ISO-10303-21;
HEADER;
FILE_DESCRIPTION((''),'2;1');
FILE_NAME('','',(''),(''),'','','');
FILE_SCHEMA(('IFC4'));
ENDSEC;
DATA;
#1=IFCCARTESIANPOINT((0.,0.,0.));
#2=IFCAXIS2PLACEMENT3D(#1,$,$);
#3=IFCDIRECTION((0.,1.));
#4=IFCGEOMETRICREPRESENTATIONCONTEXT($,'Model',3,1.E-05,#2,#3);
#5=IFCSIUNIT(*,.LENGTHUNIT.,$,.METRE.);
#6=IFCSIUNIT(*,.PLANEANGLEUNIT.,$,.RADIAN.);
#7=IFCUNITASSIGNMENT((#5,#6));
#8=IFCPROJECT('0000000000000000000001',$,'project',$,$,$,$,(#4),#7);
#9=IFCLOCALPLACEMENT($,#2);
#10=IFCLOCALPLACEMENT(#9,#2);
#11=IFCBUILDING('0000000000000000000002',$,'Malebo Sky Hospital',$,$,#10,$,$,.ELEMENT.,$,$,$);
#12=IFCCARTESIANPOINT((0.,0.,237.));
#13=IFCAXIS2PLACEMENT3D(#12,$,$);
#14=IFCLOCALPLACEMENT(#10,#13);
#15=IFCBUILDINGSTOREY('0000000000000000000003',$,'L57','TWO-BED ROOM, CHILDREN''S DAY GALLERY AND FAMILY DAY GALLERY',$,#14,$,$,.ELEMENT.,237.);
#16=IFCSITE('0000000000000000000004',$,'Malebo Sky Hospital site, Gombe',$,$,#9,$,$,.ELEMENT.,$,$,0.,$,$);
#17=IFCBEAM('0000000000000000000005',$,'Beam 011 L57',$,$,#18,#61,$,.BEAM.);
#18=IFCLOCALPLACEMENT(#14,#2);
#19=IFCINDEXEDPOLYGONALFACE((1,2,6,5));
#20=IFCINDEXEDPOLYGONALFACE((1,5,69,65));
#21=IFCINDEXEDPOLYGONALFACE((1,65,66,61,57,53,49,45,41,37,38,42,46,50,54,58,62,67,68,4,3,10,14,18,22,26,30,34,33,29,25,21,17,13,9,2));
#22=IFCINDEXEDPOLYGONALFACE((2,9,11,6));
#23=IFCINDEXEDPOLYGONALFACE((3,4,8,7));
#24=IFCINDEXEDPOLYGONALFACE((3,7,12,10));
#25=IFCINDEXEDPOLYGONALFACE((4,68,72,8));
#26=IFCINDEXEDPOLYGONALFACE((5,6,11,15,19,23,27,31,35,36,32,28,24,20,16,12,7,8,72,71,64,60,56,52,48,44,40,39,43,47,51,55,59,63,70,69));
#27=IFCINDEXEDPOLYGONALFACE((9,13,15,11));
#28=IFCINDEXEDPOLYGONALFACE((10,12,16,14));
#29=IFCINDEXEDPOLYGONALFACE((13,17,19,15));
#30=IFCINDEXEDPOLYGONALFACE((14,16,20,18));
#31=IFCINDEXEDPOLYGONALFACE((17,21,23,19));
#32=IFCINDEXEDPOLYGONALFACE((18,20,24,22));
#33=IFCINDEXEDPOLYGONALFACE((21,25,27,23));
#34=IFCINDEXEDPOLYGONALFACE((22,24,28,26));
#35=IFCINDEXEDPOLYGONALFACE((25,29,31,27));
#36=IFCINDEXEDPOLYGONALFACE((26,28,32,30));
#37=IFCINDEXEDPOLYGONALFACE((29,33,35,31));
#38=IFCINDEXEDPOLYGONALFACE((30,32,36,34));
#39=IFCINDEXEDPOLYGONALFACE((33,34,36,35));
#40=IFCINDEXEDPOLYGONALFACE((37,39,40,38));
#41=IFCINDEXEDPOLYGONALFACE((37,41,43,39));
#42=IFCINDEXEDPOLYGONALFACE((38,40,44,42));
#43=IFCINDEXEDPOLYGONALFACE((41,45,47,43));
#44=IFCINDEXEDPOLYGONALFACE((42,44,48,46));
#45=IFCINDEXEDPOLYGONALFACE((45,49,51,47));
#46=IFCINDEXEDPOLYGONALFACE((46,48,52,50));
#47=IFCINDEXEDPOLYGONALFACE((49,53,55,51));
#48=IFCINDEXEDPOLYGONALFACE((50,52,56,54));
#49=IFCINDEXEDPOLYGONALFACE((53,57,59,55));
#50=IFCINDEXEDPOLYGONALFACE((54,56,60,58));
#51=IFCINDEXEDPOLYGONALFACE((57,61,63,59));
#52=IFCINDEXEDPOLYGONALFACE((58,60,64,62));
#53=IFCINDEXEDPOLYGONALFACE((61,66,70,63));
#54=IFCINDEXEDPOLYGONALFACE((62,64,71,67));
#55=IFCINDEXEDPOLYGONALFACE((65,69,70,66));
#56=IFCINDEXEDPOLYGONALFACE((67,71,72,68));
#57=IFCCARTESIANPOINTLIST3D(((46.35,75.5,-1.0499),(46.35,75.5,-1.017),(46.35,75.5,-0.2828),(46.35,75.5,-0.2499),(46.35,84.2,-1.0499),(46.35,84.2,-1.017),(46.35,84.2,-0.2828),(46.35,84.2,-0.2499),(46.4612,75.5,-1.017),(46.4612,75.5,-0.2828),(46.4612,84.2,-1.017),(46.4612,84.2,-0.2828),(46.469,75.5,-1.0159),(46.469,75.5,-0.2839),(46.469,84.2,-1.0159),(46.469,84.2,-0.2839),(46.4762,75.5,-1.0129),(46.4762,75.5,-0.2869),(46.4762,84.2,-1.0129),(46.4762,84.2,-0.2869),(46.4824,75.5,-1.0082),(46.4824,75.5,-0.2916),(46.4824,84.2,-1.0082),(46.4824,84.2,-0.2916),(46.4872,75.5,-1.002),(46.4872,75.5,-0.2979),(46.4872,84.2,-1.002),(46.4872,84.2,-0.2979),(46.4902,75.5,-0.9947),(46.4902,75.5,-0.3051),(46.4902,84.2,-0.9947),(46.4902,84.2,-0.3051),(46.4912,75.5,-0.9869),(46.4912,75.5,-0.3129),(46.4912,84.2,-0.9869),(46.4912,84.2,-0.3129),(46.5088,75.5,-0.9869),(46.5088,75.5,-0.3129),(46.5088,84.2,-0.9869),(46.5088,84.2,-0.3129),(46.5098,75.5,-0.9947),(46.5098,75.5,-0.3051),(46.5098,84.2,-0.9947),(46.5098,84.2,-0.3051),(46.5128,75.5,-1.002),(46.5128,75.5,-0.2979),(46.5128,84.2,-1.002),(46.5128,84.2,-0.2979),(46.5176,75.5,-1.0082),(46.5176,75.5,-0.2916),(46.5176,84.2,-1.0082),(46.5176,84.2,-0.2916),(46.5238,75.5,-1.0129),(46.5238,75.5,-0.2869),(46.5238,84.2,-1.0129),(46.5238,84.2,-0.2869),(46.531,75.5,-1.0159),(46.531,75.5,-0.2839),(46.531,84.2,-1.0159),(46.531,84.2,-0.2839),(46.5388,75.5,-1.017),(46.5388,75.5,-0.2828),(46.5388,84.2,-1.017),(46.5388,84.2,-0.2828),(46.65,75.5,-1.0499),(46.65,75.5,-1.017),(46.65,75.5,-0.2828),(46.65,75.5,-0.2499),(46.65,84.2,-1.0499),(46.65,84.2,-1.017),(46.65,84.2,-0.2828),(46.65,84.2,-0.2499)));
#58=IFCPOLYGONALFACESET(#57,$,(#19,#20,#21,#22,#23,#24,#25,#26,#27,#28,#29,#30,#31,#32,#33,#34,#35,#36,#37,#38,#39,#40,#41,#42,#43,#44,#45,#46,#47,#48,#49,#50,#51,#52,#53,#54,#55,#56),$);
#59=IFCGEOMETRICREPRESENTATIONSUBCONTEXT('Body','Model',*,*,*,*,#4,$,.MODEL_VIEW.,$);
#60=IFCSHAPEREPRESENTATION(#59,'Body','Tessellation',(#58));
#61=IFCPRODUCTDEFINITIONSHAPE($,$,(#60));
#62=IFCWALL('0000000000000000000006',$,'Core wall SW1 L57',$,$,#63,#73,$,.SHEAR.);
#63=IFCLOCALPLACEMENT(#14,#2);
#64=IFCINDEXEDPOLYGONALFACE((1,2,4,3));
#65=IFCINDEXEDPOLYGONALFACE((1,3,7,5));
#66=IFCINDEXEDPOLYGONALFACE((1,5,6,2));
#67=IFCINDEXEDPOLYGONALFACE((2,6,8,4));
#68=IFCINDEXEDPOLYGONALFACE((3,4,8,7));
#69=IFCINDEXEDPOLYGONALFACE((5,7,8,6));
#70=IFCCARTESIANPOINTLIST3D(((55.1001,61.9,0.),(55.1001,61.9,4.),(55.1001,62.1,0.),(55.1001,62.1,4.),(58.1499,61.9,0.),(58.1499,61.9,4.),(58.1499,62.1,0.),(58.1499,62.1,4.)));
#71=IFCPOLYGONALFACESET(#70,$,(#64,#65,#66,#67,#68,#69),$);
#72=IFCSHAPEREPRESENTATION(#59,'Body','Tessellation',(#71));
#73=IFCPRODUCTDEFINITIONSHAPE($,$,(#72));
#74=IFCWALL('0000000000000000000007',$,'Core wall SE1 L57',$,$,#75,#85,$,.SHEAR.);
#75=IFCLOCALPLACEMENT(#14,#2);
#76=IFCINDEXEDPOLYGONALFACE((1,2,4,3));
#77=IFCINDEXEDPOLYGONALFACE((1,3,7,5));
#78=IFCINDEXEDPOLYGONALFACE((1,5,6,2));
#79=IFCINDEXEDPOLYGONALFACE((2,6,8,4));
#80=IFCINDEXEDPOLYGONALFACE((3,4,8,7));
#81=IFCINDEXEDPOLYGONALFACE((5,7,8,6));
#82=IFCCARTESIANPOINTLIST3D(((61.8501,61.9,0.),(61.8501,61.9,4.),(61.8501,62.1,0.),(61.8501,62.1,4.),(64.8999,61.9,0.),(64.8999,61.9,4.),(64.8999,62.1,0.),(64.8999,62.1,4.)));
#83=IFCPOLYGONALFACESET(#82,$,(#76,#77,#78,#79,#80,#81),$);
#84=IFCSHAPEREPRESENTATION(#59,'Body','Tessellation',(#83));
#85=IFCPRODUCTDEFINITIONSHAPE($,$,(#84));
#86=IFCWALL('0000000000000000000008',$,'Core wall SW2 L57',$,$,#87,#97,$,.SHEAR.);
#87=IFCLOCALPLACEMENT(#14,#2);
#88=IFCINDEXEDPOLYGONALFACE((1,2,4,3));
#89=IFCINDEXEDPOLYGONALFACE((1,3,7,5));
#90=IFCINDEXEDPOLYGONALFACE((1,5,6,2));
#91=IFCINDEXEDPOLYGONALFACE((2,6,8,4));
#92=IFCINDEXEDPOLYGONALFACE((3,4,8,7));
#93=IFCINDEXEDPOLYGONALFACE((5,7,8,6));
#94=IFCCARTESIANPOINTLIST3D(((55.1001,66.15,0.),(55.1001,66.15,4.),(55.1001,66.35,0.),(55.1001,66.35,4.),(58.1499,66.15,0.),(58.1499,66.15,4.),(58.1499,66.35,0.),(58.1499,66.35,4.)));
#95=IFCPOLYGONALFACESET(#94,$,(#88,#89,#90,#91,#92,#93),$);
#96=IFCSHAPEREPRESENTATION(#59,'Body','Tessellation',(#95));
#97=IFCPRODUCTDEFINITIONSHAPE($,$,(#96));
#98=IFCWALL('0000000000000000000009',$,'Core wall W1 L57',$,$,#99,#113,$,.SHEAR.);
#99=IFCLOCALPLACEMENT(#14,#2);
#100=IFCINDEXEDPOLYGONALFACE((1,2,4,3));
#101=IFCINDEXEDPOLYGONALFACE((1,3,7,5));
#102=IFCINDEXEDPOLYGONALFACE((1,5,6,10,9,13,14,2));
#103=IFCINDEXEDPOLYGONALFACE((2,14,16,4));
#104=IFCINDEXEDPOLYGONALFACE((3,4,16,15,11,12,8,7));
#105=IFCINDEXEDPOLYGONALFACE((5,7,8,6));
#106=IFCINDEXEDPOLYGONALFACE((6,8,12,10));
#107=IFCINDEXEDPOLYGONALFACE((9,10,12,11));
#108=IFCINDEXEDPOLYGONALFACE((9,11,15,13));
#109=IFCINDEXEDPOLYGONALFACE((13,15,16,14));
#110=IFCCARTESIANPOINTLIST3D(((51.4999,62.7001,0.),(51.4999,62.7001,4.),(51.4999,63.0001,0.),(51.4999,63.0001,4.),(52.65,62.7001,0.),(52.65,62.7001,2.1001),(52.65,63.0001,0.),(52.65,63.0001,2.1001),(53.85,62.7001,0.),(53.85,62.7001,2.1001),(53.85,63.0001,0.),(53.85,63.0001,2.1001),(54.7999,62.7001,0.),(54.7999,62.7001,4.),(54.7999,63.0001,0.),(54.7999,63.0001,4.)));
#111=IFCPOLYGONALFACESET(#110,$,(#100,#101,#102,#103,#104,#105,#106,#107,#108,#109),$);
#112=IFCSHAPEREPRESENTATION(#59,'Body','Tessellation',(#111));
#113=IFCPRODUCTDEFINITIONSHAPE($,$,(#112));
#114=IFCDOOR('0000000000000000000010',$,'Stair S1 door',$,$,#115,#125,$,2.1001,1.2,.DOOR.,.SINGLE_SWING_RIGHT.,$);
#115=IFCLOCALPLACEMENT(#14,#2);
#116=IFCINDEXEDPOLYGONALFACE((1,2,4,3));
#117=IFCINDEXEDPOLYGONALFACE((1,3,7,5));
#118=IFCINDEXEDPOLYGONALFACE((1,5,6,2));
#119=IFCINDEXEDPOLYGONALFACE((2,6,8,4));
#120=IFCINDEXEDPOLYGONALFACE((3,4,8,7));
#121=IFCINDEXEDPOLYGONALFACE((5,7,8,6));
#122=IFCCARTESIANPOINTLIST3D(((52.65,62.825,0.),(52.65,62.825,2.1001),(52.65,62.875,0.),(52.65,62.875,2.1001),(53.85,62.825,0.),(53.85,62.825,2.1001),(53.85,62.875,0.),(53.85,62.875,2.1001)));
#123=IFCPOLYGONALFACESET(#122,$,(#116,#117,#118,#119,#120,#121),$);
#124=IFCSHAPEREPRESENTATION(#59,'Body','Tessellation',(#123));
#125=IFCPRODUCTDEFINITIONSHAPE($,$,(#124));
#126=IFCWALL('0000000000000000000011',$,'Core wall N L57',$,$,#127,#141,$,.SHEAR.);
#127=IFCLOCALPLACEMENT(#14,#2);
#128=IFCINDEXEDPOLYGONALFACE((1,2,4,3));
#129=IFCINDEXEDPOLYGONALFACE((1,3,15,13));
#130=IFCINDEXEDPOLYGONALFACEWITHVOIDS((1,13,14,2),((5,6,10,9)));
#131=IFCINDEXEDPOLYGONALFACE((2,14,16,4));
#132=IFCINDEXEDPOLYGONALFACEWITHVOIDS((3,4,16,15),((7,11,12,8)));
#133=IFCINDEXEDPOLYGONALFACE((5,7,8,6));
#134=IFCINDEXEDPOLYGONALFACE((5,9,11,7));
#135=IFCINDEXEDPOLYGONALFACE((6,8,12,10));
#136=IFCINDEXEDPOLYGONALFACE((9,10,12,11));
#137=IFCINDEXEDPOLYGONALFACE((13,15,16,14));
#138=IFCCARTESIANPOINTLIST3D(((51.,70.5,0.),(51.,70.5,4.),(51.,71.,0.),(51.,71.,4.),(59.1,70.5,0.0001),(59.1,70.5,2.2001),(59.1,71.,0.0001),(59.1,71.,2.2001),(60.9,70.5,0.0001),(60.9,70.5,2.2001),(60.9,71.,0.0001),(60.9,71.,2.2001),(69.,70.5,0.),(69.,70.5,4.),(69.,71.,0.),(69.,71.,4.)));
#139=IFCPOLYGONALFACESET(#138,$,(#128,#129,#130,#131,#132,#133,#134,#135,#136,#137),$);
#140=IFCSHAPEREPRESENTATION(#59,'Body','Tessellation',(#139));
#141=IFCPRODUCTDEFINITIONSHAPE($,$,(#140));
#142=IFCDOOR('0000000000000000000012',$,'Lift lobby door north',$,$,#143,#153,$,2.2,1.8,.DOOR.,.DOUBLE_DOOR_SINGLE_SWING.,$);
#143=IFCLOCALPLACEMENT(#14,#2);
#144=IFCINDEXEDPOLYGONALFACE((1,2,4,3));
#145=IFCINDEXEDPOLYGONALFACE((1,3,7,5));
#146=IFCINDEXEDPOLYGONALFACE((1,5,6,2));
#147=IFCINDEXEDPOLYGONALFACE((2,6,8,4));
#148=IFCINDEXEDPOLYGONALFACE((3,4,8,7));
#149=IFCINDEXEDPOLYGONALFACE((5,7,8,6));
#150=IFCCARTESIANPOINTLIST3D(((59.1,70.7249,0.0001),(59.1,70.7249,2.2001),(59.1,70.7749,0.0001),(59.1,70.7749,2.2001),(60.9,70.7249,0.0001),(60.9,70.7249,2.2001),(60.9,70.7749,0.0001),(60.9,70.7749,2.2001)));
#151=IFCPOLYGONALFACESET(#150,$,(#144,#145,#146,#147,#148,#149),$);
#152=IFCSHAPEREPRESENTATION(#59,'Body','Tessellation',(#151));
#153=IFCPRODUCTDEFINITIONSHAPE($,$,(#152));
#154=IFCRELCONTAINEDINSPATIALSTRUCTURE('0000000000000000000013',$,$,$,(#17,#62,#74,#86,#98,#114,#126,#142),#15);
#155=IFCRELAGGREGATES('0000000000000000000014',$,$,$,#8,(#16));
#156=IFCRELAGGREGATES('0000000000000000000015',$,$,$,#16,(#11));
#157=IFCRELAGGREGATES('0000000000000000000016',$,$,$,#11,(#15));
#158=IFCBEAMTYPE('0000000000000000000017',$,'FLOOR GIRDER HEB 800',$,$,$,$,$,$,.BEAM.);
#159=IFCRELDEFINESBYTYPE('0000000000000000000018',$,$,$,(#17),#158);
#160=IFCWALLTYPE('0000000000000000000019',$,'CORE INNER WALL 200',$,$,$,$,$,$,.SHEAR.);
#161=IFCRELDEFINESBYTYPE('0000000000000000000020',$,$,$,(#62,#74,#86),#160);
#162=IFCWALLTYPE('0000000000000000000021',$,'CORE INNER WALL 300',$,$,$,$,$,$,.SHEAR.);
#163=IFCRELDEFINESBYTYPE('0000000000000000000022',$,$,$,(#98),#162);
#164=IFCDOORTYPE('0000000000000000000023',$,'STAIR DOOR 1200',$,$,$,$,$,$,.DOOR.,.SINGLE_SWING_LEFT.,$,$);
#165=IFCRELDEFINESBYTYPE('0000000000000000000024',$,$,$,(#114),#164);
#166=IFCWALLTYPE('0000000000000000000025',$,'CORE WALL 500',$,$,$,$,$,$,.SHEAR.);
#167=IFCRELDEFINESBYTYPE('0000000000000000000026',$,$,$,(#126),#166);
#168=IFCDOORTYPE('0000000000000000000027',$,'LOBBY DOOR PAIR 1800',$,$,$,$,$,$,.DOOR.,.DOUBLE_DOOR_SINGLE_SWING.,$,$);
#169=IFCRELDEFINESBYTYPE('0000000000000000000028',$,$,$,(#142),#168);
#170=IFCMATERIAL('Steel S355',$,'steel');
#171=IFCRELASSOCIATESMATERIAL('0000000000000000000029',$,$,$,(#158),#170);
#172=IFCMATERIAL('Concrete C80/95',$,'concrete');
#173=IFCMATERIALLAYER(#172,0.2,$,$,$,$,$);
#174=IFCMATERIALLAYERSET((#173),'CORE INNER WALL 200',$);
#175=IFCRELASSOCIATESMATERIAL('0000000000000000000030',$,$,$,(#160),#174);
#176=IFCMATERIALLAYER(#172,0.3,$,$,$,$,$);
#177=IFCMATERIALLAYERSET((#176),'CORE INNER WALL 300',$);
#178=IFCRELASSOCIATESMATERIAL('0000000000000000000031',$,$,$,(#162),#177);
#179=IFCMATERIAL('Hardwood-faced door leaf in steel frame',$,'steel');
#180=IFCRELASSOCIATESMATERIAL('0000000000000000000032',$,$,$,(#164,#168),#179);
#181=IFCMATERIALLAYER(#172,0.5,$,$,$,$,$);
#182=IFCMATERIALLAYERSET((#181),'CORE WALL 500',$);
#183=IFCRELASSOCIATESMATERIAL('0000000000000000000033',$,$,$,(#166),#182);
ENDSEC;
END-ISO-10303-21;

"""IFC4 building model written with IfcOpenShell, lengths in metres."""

from ifc_helpers import new_model, si_unit, direction, frame, frame_2d, origin, origin_2d, place, context, subcontext, project, spatial, rectangle, i_section, extrude, material, layer, layer_set, material_profile, profile_set, type_object, element, fill, save


model = new_model("IFC4")

# Units and contexts
model_context = context("Model", 3, precision=1e-05, world=origin(), true_north=direction((0.0, 1.0)))
body_context = subcontext(model_context, "Body", "Model", "MODEL_VIEW")
ifc_project = project(units=[si_unit("LENGTHUNIT", "METRE"), si_unit("PLANEANGLEUNIT", "RADIAN")], contexts=[model_context])

# Site, building, storey
site_placement = place(None, origin())
site = spatial("IfcSite", under=ifc_project, at=site_placement, Name="Malebo Sky Hospital site, Gombe", CompositionType="ELEMENT", RefElevation=0.0)
building_placement = place(site_placement, origin())
building = spatial("IfcBuilding", under=site, at=building_placement, Name="Malebo Sky Hospital", CompositionType="ELEMENT")
storey_placement = place(building_placement, frame((0.0, 0.0, 237.0)))
storey = spatial("IfcBuildingStorey", under=building, at=storey_placement, Name="L57", Description="TWO-BED ROOM, CHILDREN'S DAY GALLERY AND FAMILY DAY GALLERY", CompositionType="ELEMENT", Elevation=237.0)

# Beam
ifc_material_1 = material(Name="Steel S355", Category="steel")
ifc_material_profile_1 = material_profile(ifc_material_1, i_section(OverallWidth=0.3, OverallDepth=0.8, WebThickness=0.0176, FlangeThickness=0.033, FilletRadius=0.03, at=origin_2d()), Name="HEB 800")
ifc_profile_set_1 = profile_set([ifc_material_profile_1], Name="Steel S355")
beam_type_1 = type_object("IfcBeamType", Name="FLOOR GIRDER HEB 800", PredefinedType="BEAM", material=ifc_profile_set_1)
beam_1_placement = place(storey_placement, frame((46.5, 75.5, -0.6499), z_axis=(0.0, 1.0, 0.0), x_axis=(-1.0, 0.0, 0.0)))
element("IfcBeam", 1, at=beam_1_placement, inside=storey, type_object=beam_type_1, Name="Beam 011 L57", PredefinedType="BEAM", context=body_context, shape_type="SweptSolid", body=[
    extrude(i_section(OverallWidth=0.3, OverallDepth=0.8, WebThickness=0.0176, FlangeThickness=0.033, FilletRadius=0.03, at=origin_2d()), origin(), (0.0, 0.0, 1.0), 8.7),
])

# Walls
ifc_material_2 = material(Name="Concrete C80/95", Category="concrete")
ifc_layer_1 = layer(ifc_material_2, 0.2)
ifc_layer_set_1 = layer_set([ifc_layer_1], Name="CORE INNER WALL 200")
wall_type_1 = type_object("IfcWallType", Name="CORE INNER WALL 200", PredefinedType="SHEAR", material=ifc_layer_set_1)
for number, where, z_axis, x_axis, name in (
    (2, (55.1001, 62.0, 0.0), (0.0, 0.0, 1.0), (1.0, 0.0, 0.0), "Core wall SW1 L57"),
    (3, (61.8501, 62.0, 0.0), (0.0, 0.0, 1.0), (1.0, 0.0, 0.0), "Core wall SE1 L57"),
    (4, (55.1001, 66.25, 0.0), (0.0, 0.0, 1.0), (1.0, 0.0, 0.0), "Core wall SW2 L57"),
):
    element("IfcWall", number, at=place(storey_placement, frame(where, z_axis=z_axis, x_axis=x_axis)), inside=storey, type_object=wall_type_1, Name=name, PredefinedType="SHEAR", context=body_context, shape_type="SweptSolid", body=[
        extrude(rectangle(XDim=3.0498, YDim=0.2, at=frame_2d((1.5249, 0.0))), origin(), (0.0, 0.0, 1.0), 4.0),
    ])

# Walls, openings, doors
ifc_layer_2 = layer(ifc_material_2, 0.3)
ifc_layer_set_2 = layer_set([ifc_layer_2], Name="CORE INNER WALL 300")
wall_type_2 = type_object("IfcWallType", Name="CORE INNER WALL 300", PredefinedType="SHEAR", material=ifc_layer_set_2)
wall_1_placement = place(storey_placement, frame((51.5, 62.8501, 0.0), z_axis=(0.0, 0.0, 1.0), x_axis=(1.0, 0.0, 0.0)))
wall_1 = element("IfcWall", 5, at=wall_1_placement, inside=storey, type_object=wall_type_2, Name="Core wall W1 L57", PredefinedType="SHEAR", context=body_context, shape_type="SweptSolid", body=[
    extrude(rectangle(XDim=3.3, YDim=0.3, at=frame_2d((1.6499, 0.0))), origin(), (0.0, 0.0, 1.0), 4.0),
])
opening_1_placement = place(wall_1_placement, frame((1.1499, 0.0, 0.0)))
opening_1 = element("IfcOpeningElement", 6, at=opening_1_placement, cuts=wall_1, PredefinedType="OPENING", context=body_context, shape_type="SweptSolid", body=[
    extrude(rectangle(XDim=1.2, YDim=2.1001, at=frame_2d((0.6001, 1.05))), frame((0.0, 0.1599, 0.0), z_axis=(0.0, -1.0, 0.0), x_axis=(1.0, 0.0, 0.0)), (0.0, 0.0, 1.0), 0.3201),
])
ifc_material_3 = material(Name="Hardwood-faced door leaf in steel frame", Category="steel")
door_type_1 = type_object("IfcDoorType", Name="STAIR DOOR 1200", OperationType="SINGLE_SWING_LEFT", PredefinedType="DOOR", material=ifc_material_3)
door_1_placement = place(opening_1_placement, origin())
door_1 = element("IfcDoor", 7, at=door_1_placement, inside=storey, type_object=door_type_1, Name="Stair S1 door", OperationType="SINGLE_SWING_RIGHT", OverallHeight=2.1001, OverallWidth=1.2, PredefinedType="DOOR", context=body_context, shape_type="SweptSolid", body=[
    extrude(rectangle(XDim=1.2, YDim=2.1001, at=frame_2d((0.6001, 1.05))), frame((0.0, 0.0249, 0.0), z_axis=(0.0, -1.0, 0.0), x_axis=(1.0, 0.0, 0.0)), (0.0, 0.0, 1.0), 0.05),
])
fill(opening_1, door_1)
ifc_layer_3 = layer(ifc_material_2, 0.5)
ifc_layer_set_3 = layer_set([ifc_layer_3], Name="CORE WALL 500")
wall_type_3 = type_object("IfcWallType", Name="CORE WALL 500", PredefinedType="SHEAR", material=ifc_layer_set_3)
wall_2_placement = place(storey_placement, frame((51.0, 70.75, 0.0), z_axis=(0.0, 0.0, 1.0), x_axis=(1.0, 0.0, 0.0)))
wall_2 = element("IfcWall", 8, at=wall_2_placement, inside=storey, type_object=wall_type_3, Name="Core wall N L57", PredefinedType="SHEAR", context=body_context, shape_type="SweptSolid", body=[
    extrude(rectangle(XDim=18.0, YDim=0.5, at=frame_2d((9.0, 0.0))), origin(), (0.0, 0.0, 1.0), 4.0),
])
opening_2_placement = place(wall_2_placement, frame((8.1001, 0.0, 0.0)))
opening_2 = element("IfcOpeningElement", 9, at=opening_2_placement, cuts=wall_2, PredefinedType="OPENING", context=body_context, shape_type="SweptSolid", body=[
    extrude(rectangle(XDim=1.8, YDim=2.2, at=frame_2d((0.8999, 1.1001))), frame((0.0, 0.26, 0.0), z_axis=(0.0, -1.0, 0.0), x_axis=(1.0, 0.0, 0.0)), (0.0, 0.0, 1.0), 0.52),
])
door_type_2 = type_object("IfcDoorType", Name="LOBBY DOOR PAIR 1800", OperationType="DOUBLE_DOOR_SINGLE_SWING", PredefinedType="DOOR", material=ifc_material_3)
door_2_placement = place(opening_2_placement, origin())
door_2 = element("IfcDoor", 10, at=door_2_placement, inside=storey, type_object=door_type_2, Name="Lift lobby door north", OperationType="DOUBLE_DOOR_SINGLE_SWING", OverallHeight=2.2, OverallWidth=1.8, PredefinedType="DOOR", context=body_context, shape_type="SweptSolid", body=[
    extrude(rectangle(XDim=1.8, YDim=2.2, at=frame_2d((0.8999, 1.1001))), frame((0.0, 0.0249, 0.0), z_axis=(0.0, -1.0, 0.0), x_axis=(1.0, 0.0, 0.0)), (0.0, 0.0, 1.0), 0.05),
])
fill(opening_2, door_2)

save(model, "model.ifc")
